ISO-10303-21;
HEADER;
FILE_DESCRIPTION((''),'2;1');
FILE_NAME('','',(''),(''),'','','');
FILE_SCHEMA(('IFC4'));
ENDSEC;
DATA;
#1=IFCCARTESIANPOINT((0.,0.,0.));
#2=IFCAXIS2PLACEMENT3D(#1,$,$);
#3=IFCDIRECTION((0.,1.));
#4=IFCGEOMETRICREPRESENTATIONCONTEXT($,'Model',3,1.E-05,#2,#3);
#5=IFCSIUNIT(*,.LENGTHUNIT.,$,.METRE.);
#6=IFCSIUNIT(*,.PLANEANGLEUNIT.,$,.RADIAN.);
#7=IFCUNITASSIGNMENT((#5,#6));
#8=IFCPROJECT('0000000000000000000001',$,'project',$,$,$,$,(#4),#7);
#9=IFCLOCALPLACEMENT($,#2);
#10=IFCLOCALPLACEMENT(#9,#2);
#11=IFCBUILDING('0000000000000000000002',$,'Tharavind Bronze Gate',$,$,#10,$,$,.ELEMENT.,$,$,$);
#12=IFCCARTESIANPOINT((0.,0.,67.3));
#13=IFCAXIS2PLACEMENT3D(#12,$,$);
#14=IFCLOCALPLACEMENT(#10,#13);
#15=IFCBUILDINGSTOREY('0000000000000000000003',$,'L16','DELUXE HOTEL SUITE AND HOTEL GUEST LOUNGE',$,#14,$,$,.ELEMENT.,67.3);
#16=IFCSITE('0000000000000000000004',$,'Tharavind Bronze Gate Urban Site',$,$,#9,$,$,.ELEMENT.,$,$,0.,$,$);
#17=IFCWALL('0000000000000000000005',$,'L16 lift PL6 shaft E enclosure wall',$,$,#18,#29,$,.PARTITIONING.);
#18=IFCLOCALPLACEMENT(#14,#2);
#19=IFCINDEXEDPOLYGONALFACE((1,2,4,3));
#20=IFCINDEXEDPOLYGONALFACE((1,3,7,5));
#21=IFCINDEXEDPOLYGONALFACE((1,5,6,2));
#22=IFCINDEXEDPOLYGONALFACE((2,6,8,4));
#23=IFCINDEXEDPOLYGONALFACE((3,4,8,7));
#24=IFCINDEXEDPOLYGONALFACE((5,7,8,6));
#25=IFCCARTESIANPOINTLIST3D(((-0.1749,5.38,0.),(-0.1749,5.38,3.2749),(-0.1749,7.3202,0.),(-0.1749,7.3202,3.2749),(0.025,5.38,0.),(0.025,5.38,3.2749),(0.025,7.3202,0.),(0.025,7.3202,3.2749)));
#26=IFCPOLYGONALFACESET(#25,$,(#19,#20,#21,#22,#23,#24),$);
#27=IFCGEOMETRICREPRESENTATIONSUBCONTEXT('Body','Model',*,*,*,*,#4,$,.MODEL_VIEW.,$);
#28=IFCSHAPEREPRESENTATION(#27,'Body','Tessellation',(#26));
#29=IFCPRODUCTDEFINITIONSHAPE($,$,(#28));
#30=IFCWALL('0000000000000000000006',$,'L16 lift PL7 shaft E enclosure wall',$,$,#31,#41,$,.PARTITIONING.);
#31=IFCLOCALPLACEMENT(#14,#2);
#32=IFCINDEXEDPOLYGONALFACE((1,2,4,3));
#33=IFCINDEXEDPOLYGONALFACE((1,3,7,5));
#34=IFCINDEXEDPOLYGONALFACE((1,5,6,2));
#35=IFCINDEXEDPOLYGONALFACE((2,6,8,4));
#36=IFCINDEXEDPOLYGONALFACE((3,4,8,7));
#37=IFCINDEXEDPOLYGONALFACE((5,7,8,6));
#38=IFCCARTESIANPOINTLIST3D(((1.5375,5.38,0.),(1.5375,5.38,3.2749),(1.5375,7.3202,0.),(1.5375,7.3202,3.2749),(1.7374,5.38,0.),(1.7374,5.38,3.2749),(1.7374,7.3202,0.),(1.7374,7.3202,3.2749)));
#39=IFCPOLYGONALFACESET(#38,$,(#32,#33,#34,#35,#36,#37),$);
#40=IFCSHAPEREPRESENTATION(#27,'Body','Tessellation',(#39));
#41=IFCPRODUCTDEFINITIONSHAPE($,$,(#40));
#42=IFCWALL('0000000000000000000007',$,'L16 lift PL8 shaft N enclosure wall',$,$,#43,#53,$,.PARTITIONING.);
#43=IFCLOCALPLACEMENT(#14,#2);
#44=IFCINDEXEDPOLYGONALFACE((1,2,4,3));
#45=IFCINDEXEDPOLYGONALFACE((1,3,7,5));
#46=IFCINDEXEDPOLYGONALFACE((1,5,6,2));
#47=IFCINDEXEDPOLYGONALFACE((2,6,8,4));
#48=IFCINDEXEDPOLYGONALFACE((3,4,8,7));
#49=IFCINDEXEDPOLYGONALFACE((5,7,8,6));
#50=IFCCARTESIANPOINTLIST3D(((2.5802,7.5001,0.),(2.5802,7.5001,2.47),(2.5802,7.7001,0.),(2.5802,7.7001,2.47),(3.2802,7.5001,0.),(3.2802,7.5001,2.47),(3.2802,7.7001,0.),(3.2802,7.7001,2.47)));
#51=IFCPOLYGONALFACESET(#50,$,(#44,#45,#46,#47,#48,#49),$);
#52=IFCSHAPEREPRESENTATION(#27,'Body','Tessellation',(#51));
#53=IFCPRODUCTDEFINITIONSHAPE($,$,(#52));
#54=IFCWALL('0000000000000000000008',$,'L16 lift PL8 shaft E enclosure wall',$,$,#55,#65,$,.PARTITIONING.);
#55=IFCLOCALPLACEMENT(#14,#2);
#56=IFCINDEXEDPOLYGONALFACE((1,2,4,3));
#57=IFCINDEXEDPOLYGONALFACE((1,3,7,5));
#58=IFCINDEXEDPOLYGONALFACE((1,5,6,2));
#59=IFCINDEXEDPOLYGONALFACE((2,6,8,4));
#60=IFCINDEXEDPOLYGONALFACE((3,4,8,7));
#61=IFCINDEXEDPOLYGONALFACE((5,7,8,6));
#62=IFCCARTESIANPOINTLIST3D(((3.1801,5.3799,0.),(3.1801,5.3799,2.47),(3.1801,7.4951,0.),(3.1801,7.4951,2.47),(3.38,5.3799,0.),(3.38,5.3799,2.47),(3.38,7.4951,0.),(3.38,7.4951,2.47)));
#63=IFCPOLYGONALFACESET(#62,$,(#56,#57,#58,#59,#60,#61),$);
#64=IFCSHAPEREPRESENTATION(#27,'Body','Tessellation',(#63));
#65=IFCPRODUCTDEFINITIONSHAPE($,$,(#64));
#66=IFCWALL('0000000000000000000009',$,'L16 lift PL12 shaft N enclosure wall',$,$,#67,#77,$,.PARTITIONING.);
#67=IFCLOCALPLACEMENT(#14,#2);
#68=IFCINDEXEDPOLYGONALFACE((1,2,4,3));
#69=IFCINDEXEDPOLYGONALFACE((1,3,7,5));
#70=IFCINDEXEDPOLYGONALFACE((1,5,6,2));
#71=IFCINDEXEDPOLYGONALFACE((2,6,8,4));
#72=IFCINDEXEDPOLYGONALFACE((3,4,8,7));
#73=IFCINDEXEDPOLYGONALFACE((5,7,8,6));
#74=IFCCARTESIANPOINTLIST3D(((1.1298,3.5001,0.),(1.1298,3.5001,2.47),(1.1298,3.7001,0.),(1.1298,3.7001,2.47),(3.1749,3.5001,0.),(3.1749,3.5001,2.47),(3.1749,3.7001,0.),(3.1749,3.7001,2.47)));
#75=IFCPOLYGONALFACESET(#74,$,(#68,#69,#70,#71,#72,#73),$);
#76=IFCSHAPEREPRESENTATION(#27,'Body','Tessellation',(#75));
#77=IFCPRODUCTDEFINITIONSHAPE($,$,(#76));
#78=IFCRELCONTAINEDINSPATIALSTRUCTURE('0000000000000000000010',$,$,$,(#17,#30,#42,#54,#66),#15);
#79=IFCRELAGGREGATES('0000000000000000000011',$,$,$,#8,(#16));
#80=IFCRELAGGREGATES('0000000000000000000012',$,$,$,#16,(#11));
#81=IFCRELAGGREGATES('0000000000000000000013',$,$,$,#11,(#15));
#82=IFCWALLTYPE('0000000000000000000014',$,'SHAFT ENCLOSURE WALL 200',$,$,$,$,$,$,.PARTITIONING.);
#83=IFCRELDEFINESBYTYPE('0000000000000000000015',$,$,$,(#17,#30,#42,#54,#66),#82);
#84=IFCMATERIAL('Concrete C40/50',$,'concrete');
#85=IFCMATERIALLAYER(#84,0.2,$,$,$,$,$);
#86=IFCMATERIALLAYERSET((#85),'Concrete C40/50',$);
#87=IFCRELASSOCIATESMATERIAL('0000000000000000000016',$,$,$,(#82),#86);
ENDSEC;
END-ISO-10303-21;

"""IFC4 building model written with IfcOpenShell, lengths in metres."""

from ifc_helpers import new_model, si_unit, direction, frame, frame_2d, origin, place, context, subcontext, project, spatial, rectangle, extrude, material, layer, layer_set, type_object, element, save


model = new_model("IFC4")

# Units and contexts
model_context = context("Model", 3, precision=1e-05, world=origin(), true_north=direction((0.0, 1.0)))
body_context = subcontext(model_context, "Body", "Model", "MODEL_VIEW")
ifc_project = project(units=[si_unit("LENGTHUNIT", "METRE"), si_unit("PLANEANGLEUNIT", "RADIAN")], contexts=[model_context])

# Site, building, storey
site_placement = place(None, origin())
site = spatial("IfcSite", under=ifc_project, at=site_placement, Name="Tharavind Bronze Gate Urban Site", CompositionType="ELEMENT", RefElevation=0.0)
building_placement = place(site_placement, origin())
building = spatial("IfcBuilding", under=site, at=building_placement, Name="Tharavind Bronze Gate", CompositionType="ELEMENT")
storey_placement = place(building_placement, frame((0.0, 0.0, 67.3)))
storey = spatial("IfcBuildingStorey", under=building, at=storey_placement, Name="L16", Description="DELUXE HOTEL SUITE AND HOTEL GUEST LOUNGE", CompositionType="ELEMENT", Elevation=67.3)

# Walls
ifc_material_1 = material(Name="Concrete C40/50", Category="concrete")
ifc_layer_1 = layer(ifc_material_1, 0.2)
ifc_layer_set_1 = layer_set([ifc_layer_1], Name="Concrete C40/50")
wall_type_1 = type_object("IfcWallType", Name="SHAFT ENCLOSURE WALL 200", PredefinedType="PARTITIONING", material=ifc_layer_set_1)
for number, where, z_axis, x_axis, name in (
    (1, (-0.075, 5.3799, 0.0), (0.0, 0.0, 1.0), (0.0, 1.0, 0.0), "L16 lift PL6 shaft E enclosure wall"),
    (2, (1.6375, 5.3799, 0.0), (0.0, 0.0, 1.0), (0.0, 1.0, 0.0), "L16 lift PL7 shaft E enclosure wall"),
):
    element("IfcWall", number, at=place(storey_placement, frame(where, z_axis=z_axis, x_axis=x_axis)), inside=storey, type_object=wall_type_1, Name=name, PredefinedType="PARTITIONING", context=body_context, shape_type="SweptSolid", body=[
        extrude(rectangle(XDim=1.9402, YDim=0.2, at=frame_2d((0.9702, 0.0))), origin(), (0.0, 0.0, 1.0), 3.2749),
    ])
wall_1_placement = place(storey_placement, frame((2.5801, 7.6001, 0.0), z_axis=(0.0, 0.0, 1.0), x_axis=(1.0, 0.0, 0.0)))
element("IfcWall", 3, at=wall_1_placement, inside=storey, type_object=wall_type_1, Name="L16 lift PL8 shaft N enclosure wall", PredefinedType="PARTITIONING", context=body_context, shape_type="SweptSolid", body=[
    extrude(rectangle(XDim=0.7, YDim=0.2, at=frame_2d((0.3501, 0.0))), origin(), (0.0, 0.0, 1.0), 2.47),
])
wall_2_placement = place(storey_placement, frame((3.28, 5.3799, 0.0), z_axis=(0.0, 0.0, 1.0), x_axis=(0.0, 1.0, 0.0)))
element("IfcWall", 4, at=wall_2_placement, inside=storey, type_object=wall_type_1, Name="L16 lift PL8 shaft E enclosure wall", PredefinedType="PARTITIONING", context=body_context, shape_type="SweptSolid", body=[
    extrude(rectangle(XDim=2.1152, YDim=0.2, at=frame_2d((1.0576, 0.0))), origin(), (0.0, 0.0, 1.0), 2.47),
])
wall_3_placement = place(storey_placement, frame((1.1299, 3.6001, 0.0), z_axis=(0.0, 0.0, 1.0), x_axis=(1.0, 0.0, 0.0)))
element("IfcWall", 5, at=wall_3_placement, inside=storey, type_object=wall_type_1, Name="L16 lift PL12 shaft N enclosure wall", PredefinedType="PARTITIONING", context=body_context, shape_type="SweptSolid", body=[
    extrude(rectangle(XDim=2.0452, YDim=0.2, at=frame_2d((1.0225, 0.0))), origin(), (0.0, 0.0, 1.0), 2.47),
])

save(model, "model.ifc")
